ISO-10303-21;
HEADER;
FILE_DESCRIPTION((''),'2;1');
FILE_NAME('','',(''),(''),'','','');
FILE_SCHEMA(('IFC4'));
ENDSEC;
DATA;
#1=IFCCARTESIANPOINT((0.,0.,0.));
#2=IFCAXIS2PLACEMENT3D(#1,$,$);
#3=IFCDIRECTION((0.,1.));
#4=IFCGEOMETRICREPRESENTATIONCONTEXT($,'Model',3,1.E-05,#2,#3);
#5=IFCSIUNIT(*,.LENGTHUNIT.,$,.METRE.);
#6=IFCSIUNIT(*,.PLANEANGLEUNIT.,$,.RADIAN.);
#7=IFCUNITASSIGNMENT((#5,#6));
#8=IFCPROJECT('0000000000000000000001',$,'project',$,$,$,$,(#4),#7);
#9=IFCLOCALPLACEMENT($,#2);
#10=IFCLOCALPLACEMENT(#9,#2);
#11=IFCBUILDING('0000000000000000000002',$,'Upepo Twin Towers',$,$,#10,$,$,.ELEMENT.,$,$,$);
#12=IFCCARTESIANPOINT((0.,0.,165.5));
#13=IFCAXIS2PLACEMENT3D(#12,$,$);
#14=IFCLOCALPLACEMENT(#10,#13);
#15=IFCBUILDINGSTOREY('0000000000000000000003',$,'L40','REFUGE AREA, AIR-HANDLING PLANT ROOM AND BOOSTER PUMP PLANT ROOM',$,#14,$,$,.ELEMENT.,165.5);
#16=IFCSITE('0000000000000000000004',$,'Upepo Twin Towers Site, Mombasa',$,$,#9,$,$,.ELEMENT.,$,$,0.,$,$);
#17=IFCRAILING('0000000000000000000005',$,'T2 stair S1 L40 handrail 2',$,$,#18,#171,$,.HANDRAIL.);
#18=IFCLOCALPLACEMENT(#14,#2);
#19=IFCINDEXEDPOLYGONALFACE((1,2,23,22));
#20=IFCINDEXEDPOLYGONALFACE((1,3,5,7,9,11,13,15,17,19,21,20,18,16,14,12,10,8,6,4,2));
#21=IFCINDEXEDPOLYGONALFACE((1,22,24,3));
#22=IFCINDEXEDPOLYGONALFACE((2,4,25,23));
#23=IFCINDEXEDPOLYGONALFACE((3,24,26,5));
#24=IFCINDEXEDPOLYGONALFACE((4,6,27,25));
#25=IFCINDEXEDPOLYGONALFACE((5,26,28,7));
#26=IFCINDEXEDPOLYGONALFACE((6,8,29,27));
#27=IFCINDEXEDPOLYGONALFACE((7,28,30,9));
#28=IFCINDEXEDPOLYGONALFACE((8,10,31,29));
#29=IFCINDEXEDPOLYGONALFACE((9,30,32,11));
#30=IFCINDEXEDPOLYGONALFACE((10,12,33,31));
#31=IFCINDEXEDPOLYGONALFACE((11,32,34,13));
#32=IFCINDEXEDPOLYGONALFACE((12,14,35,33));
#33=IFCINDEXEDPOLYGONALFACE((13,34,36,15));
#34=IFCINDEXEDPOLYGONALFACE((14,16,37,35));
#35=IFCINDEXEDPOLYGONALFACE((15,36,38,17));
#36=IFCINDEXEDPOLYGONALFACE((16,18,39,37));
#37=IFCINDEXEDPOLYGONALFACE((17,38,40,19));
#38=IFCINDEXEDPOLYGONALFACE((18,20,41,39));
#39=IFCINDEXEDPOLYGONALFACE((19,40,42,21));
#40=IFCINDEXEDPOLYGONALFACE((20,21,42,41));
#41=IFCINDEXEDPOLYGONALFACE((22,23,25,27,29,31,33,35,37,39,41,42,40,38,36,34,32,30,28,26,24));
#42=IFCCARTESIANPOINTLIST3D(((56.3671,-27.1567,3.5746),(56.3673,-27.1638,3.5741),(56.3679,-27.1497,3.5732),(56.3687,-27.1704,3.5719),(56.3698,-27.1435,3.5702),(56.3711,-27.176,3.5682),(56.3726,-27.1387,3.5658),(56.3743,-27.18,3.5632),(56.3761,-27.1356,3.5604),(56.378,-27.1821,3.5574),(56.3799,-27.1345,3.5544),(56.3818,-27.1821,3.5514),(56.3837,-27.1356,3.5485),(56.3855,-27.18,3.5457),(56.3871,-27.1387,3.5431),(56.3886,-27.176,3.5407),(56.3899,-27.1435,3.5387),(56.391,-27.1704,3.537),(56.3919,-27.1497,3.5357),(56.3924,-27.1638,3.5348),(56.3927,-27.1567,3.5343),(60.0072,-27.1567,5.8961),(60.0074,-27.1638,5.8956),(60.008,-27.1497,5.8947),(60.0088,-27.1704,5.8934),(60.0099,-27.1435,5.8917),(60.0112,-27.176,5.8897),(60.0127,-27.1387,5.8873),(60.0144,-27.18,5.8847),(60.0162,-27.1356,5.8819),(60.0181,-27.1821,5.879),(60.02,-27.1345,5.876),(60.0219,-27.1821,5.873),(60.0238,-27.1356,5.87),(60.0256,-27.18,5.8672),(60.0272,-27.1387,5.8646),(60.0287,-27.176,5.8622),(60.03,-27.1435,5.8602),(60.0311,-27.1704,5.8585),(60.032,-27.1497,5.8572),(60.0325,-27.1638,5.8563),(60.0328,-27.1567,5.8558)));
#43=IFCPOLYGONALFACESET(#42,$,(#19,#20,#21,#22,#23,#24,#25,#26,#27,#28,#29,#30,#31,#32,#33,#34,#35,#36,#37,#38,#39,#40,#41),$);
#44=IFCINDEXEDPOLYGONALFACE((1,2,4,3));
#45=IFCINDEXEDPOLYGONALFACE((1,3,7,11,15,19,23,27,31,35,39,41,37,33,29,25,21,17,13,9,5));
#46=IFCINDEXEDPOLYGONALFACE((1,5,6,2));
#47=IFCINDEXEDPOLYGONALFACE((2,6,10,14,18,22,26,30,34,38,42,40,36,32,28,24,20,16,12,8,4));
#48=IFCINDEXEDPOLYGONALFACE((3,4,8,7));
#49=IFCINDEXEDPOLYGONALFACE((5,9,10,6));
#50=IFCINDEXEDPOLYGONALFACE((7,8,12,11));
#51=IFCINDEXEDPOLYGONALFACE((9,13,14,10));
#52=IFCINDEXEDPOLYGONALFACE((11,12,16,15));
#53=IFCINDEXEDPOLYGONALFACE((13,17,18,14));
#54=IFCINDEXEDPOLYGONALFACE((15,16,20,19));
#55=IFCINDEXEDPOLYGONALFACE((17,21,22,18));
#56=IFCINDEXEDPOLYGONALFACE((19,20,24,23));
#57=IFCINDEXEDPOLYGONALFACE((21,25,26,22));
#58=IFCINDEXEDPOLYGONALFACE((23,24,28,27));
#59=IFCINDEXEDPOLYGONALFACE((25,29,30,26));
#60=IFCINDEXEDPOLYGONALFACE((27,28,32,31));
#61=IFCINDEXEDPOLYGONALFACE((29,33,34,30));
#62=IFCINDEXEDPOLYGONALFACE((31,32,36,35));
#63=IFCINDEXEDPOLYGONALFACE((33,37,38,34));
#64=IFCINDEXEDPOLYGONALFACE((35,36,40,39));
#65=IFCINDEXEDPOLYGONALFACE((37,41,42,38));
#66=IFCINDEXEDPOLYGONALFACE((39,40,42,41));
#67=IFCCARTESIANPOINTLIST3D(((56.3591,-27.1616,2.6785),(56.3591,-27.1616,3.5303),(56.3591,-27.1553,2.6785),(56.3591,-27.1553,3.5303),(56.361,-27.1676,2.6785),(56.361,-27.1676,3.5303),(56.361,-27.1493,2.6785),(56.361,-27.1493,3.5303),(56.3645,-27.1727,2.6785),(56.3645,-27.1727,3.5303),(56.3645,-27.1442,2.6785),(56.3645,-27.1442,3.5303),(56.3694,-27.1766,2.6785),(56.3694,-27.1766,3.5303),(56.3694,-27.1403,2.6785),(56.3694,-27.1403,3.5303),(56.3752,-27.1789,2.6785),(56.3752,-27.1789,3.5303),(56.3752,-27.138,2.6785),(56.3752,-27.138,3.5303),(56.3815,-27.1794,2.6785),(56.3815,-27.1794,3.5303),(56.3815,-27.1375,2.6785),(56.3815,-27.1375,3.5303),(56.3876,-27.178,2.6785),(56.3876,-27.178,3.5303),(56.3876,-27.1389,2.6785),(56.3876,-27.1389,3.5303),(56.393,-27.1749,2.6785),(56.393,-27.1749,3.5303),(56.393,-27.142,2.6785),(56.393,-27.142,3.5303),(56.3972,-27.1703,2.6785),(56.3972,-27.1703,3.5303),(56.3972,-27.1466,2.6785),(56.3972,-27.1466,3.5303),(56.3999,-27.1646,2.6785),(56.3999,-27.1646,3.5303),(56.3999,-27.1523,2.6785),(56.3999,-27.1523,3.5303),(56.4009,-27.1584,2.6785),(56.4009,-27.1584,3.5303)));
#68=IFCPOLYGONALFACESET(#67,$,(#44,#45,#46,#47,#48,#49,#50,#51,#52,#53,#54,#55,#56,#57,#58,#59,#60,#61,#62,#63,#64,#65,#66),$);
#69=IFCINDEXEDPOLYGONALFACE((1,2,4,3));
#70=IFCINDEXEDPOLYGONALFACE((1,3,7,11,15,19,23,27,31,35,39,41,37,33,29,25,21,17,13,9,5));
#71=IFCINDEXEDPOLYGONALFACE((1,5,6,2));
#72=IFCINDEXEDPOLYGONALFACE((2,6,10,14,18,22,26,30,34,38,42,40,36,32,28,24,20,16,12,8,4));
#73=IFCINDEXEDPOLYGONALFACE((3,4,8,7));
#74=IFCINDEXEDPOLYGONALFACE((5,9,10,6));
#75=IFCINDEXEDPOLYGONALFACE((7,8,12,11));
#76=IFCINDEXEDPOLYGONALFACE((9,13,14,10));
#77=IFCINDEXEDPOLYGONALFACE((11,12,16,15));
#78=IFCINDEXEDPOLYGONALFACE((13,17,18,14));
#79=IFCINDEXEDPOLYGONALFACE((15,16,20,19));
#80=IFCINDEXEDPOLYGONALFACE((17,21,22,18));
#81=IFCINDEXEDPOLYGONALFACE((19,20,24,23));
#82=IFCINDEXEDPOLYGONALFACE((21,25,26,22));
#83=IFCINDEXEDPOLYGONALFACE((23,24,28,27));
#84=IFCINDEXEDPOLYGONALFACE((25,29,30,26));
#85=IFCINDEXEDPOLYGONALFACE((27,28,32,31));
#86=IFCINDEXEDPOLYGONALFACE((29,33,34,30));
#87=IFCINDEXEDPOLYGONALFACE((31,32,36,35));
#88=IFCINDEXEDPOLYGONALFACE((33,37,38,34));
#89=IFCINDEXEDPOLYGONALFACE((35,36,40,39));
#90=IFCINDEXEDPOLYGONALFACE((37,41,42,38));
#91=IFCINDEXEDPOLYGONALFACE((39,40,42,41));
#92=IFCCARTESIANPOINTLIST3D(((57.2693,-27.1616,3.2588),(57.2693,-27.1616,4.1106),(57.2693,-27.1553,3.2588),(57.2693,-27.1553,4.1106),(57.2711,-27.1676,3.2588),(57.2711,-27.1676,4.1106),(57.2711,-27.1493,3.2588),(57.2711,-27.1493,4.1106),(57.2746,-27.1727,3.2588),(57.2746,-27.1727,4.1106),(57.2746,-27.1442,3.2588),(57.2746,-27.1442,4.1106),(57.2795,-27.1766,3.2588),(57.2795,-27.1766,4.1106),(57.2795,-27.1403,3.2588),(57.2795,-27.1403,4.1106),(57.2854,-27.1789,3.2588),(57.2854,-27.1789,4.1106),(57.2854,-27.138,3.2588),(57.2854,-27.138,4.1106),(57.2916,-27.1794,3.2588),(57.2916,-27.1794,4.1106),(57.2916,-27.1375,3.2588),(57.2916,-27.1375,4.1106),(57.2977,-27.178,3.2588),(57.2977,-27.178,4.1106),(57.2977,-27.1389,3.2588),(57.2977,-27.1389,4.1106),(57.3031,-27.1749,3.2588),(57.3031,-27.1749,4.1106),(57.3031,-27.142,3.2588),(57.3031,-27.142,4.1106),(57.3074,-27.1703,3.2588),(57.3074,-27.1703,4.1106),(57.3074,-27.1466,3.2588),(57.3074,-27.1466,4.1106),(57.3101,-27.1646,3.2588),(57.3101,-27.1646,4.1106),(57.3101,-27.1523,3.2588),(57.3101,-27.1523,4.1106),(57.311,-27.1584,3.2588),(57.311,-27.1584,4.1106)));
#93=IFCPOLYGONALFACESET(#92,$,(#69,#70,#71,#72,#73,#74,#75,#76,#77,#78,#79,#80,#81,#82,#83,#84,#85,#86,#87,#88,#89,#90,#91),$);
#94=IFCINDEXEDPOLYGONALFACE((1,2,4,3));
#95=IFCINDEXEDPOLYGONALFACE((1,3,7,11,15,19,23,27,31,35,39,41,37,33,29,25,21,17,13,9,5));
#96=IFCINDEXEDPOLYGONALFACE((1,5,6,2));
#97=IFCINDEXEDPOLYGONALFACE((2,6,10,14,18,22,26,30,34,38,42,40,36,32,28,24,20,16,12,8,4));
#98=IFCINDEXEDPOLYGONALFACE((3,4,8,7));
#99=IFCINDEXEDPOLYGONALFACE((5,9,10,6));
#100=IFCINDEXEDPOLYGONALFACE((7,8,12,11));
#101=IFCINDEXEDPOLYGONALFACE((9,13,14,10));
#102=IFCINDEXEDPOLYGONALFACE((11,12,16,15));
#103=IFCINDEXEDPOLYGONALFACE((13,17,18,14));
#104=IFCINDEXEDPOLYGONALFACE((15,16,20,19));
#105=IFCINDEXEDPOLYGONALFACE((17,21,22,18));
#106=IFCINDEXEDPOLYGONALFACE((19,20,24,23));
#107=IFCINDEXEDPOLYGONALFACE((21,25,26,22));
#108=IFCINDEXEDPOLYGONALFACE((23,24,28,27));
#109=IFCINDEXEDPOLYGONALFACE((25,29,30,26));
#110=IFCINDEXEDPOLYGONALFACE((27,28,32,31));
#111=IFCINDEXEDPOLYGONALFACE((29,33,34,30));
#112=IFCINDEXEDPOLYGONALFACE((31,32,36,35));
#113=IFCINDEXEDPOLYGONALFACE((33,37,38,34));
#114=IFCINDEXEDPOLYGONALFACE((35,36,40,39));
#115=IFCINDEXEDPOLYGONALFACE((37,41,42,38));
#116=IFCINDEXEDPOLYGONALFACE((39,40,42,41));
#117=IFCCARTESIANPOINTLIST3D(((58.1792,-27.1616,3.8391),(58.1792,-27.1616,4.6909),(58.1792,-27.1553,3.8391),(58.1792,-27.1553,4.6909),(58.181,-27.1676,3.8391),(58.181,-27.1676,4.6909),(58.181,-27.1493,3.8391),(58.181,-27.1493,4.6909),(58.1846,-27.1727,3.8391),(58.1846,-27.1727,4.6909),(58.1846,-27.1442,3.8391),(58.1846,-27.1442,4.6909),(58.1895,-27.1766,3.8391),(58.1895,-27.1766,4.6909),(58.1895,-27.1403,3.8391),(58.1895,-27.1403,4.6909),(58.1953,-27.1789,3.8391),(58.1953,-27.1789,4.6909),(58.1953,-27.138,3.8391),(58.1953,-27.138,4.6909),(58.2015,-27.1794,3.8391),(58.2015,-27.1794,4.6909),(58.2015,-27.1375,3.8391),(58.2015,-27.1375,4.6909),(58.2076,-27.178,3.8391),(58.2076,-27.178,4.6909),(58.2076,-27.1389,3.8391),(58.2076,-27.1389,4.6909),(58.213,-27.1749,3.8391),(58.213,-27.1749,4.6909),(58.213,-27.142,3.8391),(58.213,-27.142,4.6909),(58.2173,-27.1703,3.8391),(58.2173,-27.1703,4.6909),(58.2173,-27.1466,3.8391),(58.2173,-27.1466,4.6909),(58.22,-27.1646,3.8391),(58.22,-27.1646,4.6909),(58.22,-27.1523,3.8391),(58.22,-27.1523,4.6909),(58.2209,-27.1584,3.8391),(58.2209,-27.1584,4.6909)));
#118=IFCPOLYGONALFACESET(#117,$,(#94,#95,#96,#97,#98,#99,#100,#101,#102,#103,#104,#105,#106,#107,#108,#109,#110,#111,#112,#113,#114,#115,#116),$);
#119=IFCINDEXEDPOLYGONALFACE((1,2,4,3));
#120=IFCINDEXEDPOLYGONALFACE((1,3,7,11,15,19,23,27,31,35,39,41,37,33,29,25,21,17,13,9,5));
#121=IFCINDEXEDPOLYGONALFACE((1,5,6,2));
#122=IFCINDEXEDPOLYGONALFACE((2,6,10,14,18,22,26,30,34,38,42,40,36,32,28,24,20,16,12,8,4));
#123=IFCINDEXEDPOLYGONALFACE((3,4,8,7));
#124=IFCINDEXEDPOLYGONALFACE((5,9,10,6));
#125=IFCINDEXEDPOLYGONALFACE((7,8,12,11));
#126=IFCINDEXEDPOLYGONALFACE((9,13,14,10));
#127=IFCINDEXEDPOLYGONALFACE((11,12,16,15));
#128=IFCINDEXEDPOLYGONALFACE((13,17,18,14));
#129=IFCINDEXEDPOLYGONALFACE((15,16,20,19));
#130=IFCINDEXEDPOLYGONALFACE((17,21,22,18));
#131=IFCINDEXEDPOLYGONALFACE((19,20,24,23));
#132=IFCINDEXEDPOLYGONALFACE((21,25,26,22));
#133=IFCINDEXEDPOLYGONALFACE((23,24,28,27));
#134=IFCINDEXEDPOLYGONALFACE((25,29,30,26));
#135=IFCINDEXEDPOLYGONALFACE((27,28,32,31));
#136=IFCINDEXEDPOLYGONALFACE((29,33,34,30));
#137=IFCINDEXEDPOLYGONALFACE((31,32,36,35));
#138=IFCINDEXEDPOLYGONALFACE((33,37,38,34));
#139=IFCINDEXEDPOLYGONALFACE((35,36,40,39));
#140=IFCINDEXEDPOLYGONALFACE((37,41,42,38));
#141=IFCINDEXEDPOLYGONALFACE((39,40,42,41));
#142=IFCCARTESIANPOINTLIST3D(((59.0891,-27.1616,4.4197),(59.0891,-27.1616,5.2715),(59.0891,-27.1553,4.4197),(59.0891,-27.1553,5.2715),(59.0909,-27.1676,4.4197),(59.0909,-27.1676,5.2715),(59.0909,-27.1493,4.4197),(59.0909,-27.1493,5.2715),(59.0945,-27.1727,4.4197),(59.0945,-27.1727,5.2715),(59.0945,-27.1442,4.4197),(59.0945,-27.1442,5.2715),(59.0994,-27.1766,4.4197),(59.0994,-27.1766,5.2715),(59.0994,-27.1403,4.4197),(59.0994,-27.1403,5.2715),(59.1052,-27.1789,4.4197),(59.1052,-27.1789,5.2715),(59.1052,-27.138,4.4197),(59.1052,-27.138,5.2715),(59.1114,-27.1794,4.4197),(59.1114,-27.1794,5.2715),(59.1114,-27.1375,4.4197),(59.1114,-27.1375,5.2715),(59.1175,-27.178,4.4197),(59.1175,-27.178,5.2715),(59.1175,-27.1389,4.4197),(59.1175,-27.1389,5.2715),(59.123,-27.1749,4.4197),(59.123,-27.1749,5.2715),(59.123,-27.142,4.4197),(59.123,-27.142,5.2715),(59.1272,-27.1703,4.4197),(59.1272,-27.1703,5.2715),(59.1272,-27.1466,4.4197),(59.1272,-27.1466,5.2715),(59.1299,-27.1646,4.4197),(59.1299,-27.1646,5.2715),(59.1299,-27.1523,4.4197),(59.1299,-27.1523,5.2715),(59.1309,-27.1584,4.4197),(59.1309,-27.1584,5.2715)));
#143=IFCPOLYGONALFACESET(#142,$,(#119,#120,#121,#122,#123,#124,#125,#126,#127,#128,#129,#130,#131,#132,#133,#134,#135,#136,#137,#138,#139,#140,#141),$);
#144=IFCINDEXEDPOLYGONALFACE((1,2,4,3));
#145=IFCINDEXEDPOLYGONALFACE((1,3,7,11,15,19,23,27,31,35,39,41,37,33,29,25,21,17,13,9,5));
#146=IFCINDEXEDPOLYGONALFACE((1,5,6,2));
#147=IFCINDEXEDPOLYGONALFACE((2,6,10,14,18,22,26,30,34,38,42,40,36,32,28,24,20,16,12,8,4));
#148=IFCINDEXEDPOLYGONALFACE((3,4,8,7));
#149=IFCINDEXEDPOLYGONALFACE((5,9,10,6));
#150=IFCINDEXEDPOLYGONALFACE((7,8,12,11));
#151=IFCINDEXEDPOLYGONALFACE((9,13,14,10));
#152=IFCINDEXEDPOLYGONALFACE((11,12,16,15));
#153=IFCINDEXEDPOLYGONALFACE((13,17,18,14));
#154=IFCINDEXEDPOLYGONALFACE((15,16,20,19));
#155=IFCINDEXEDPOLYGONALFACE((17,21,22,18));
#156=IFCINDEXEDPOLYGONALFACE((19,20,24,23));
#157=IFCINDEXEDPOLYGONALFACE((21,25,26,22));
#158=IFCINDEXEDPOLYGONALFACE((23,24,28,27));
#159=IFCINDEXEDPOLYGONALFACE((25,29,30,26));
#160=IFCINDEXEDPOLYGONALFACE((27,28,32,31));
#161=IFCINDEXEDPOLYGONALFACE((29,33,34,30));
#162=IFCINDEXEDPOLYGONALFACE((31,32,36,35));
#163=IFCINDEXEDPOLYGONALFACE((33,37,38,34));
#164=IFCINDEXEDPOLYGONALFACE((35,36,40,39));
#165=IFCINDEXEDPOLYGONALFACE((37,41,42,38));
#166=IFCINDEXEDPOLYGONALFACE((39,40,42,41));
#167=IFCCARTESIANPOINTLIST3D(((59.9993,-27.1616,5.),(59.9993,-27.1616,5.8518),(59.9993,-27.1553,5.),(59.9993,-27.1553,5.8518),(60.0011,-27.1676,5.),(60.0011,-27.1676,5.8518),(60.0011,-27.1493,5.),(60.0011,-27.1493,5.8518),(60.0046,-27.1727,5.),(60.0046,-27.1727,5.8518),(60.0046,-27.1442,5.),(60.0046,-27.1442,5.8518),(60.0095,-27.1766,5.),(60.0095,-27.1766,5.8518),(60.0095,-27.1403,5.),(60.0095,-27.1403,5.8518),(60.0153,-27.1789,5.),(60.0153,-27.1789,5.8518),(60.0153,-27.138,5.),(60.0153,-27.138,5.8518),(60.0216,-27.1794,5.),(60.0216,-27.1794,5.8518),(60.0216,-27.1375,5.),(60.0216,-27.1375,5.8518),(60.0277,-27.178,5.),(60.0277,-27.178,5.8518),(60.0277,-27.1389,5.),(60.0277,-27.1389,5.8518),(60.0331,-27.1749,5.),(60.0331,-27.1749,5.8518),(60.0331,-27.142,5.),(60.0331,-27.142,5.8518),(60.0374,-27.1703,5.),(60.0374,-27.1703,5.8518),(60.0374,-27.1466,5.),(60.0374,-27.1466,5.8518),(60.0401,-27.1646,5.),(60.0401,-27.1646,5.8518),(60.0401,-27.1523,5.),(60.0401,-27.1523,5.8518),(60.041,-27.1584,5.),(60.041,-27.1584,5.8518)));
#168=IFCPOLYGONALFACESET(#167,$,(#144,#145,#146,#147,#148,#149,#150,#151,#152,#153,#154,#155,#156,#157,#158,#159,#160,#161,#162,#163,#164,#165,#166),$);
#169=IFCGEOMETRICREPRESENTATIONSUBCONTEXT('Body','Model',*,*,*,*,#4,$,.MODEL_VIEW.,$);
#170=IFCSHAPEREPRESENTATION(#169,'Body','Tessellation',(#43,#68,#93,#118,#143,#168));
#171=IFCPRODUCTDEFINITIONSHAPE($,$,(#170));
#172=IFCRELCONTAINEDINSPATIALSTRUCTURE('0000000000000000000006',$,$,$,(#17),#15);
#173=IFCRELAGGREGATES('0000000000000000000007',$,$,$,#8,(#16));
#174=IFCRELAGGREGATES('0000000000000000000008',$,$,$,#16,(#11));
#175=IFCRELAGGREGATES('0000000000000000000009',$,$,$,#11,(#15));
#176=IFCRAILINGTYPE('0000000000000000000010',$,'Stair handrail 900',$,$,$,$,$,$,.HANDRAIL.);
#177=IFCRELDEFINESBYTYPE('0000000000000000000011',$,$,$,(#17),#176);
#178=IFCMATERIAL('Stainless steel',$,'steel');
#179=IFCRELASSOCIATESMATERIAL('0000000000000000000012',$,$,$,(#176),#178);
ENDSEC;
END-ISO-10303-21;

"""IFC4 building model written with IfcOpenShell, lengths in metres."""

from ifc_helpers import new_model, si_unit, direction, frame, origin, origin_2d, place, context, subcontext, project, spatial, circle, extrude, material, type_object, element, save


model = new_model("IFC4")

# Units and contexts
model_context = context("Model", 3, precision=1e-05, world=origin(), true_north=direction((0.0, 1.0)))
body_context = subcontext(model_context, "Body", "Model", "MODEL_VIEW")
ifc_project = project(units=[si_unit("LENGTHUNIT", "METRE"), si_unit("PLANEANGLEUNIT", "RADIAN")], contexts=[model_context])

# Site, building, storey
site_placement = place(None, origin())
site = spatial("IfcSite", under=ifc_project, at=site_placement, Name="Upepo Twin Towers Site, Mombasa", CompositionType="ELEMENT", RefElevation=0.0)
building_placement = place(site_placement, origin())
building = spatial("IfcBuilding", under=site, at=building_placement, Name="Upepo Twin Towers", CompositionType="ELEMENT")
storey_placement = place(building_placement, frame((0.0, 0.0, 165.5)))
storey = spatial("IfcBuildingStorey", under=building, at=storey_placement, Name="L40", Description="REFUGE AREA, AIR-HANDLING PLANT ROOM AND BOOSTER PUMP PLANT ROOM", CompositionType="ELEMENT", Elevation=165.5)

# Railing
ifc_material_1 = material(Name="Stainless steel", Category="steel")
railing_type_1 = type_object("IfcRailingType", Name="Stair handrail 900", PredefinedType="HANDRAIL", material=ifc_material_1)
railing_1_placement = place(storey_placement, frame((56.3799, -27.1584, 2.6785)))
element("IfcRailing", 1, at=railing_1_placement, inside=storey, type_object=railing_type_1, Name="T2 stair S1 L40 handrail 2", PredefinedType="HANDRAIL", context=body_context, shape_type="SweptSolid", body=[
    extrude(circle(Radius=0.0239, at=origin_2d()), frame((0.0, 0.0, 0.876), z_axis=(0.843128, 0.0, 0.537713), x_axis=(0.0, 1.0, 0.0)), (0.0, 0.0, 1.0), 4.3174),
    extrude(circle(Radius=0.021, at=origin_2d()), origin(), (0.0, 0.0, 1.0), 0.8518),
    extrude(circle(Radius=0.021, at=origin_2d()), frame((0.9102, 0.0, 0.5803)), (0.0, 0.0, 1.0), 0.8518),
    extrude(circle(Radius=0.021, at=origin_2d()), frame((1.8201, 0.0, 1.1606)), (0.0, 0.0, 1.0), 0.8518),
    extrude(circle(Radius=0.021, at=origin_2d()), frame((2.73, 0.0, 1.7412)), (0.0, 0.0, 1.0), 0.8518),
    extrude(circle(Radius=0.021, at=origin_2d()), frame((3.6401, 0.0, 2.3215)), (0.0, 0.0, 1.0), 0.8518),
])

save(model, "model.ifc")
